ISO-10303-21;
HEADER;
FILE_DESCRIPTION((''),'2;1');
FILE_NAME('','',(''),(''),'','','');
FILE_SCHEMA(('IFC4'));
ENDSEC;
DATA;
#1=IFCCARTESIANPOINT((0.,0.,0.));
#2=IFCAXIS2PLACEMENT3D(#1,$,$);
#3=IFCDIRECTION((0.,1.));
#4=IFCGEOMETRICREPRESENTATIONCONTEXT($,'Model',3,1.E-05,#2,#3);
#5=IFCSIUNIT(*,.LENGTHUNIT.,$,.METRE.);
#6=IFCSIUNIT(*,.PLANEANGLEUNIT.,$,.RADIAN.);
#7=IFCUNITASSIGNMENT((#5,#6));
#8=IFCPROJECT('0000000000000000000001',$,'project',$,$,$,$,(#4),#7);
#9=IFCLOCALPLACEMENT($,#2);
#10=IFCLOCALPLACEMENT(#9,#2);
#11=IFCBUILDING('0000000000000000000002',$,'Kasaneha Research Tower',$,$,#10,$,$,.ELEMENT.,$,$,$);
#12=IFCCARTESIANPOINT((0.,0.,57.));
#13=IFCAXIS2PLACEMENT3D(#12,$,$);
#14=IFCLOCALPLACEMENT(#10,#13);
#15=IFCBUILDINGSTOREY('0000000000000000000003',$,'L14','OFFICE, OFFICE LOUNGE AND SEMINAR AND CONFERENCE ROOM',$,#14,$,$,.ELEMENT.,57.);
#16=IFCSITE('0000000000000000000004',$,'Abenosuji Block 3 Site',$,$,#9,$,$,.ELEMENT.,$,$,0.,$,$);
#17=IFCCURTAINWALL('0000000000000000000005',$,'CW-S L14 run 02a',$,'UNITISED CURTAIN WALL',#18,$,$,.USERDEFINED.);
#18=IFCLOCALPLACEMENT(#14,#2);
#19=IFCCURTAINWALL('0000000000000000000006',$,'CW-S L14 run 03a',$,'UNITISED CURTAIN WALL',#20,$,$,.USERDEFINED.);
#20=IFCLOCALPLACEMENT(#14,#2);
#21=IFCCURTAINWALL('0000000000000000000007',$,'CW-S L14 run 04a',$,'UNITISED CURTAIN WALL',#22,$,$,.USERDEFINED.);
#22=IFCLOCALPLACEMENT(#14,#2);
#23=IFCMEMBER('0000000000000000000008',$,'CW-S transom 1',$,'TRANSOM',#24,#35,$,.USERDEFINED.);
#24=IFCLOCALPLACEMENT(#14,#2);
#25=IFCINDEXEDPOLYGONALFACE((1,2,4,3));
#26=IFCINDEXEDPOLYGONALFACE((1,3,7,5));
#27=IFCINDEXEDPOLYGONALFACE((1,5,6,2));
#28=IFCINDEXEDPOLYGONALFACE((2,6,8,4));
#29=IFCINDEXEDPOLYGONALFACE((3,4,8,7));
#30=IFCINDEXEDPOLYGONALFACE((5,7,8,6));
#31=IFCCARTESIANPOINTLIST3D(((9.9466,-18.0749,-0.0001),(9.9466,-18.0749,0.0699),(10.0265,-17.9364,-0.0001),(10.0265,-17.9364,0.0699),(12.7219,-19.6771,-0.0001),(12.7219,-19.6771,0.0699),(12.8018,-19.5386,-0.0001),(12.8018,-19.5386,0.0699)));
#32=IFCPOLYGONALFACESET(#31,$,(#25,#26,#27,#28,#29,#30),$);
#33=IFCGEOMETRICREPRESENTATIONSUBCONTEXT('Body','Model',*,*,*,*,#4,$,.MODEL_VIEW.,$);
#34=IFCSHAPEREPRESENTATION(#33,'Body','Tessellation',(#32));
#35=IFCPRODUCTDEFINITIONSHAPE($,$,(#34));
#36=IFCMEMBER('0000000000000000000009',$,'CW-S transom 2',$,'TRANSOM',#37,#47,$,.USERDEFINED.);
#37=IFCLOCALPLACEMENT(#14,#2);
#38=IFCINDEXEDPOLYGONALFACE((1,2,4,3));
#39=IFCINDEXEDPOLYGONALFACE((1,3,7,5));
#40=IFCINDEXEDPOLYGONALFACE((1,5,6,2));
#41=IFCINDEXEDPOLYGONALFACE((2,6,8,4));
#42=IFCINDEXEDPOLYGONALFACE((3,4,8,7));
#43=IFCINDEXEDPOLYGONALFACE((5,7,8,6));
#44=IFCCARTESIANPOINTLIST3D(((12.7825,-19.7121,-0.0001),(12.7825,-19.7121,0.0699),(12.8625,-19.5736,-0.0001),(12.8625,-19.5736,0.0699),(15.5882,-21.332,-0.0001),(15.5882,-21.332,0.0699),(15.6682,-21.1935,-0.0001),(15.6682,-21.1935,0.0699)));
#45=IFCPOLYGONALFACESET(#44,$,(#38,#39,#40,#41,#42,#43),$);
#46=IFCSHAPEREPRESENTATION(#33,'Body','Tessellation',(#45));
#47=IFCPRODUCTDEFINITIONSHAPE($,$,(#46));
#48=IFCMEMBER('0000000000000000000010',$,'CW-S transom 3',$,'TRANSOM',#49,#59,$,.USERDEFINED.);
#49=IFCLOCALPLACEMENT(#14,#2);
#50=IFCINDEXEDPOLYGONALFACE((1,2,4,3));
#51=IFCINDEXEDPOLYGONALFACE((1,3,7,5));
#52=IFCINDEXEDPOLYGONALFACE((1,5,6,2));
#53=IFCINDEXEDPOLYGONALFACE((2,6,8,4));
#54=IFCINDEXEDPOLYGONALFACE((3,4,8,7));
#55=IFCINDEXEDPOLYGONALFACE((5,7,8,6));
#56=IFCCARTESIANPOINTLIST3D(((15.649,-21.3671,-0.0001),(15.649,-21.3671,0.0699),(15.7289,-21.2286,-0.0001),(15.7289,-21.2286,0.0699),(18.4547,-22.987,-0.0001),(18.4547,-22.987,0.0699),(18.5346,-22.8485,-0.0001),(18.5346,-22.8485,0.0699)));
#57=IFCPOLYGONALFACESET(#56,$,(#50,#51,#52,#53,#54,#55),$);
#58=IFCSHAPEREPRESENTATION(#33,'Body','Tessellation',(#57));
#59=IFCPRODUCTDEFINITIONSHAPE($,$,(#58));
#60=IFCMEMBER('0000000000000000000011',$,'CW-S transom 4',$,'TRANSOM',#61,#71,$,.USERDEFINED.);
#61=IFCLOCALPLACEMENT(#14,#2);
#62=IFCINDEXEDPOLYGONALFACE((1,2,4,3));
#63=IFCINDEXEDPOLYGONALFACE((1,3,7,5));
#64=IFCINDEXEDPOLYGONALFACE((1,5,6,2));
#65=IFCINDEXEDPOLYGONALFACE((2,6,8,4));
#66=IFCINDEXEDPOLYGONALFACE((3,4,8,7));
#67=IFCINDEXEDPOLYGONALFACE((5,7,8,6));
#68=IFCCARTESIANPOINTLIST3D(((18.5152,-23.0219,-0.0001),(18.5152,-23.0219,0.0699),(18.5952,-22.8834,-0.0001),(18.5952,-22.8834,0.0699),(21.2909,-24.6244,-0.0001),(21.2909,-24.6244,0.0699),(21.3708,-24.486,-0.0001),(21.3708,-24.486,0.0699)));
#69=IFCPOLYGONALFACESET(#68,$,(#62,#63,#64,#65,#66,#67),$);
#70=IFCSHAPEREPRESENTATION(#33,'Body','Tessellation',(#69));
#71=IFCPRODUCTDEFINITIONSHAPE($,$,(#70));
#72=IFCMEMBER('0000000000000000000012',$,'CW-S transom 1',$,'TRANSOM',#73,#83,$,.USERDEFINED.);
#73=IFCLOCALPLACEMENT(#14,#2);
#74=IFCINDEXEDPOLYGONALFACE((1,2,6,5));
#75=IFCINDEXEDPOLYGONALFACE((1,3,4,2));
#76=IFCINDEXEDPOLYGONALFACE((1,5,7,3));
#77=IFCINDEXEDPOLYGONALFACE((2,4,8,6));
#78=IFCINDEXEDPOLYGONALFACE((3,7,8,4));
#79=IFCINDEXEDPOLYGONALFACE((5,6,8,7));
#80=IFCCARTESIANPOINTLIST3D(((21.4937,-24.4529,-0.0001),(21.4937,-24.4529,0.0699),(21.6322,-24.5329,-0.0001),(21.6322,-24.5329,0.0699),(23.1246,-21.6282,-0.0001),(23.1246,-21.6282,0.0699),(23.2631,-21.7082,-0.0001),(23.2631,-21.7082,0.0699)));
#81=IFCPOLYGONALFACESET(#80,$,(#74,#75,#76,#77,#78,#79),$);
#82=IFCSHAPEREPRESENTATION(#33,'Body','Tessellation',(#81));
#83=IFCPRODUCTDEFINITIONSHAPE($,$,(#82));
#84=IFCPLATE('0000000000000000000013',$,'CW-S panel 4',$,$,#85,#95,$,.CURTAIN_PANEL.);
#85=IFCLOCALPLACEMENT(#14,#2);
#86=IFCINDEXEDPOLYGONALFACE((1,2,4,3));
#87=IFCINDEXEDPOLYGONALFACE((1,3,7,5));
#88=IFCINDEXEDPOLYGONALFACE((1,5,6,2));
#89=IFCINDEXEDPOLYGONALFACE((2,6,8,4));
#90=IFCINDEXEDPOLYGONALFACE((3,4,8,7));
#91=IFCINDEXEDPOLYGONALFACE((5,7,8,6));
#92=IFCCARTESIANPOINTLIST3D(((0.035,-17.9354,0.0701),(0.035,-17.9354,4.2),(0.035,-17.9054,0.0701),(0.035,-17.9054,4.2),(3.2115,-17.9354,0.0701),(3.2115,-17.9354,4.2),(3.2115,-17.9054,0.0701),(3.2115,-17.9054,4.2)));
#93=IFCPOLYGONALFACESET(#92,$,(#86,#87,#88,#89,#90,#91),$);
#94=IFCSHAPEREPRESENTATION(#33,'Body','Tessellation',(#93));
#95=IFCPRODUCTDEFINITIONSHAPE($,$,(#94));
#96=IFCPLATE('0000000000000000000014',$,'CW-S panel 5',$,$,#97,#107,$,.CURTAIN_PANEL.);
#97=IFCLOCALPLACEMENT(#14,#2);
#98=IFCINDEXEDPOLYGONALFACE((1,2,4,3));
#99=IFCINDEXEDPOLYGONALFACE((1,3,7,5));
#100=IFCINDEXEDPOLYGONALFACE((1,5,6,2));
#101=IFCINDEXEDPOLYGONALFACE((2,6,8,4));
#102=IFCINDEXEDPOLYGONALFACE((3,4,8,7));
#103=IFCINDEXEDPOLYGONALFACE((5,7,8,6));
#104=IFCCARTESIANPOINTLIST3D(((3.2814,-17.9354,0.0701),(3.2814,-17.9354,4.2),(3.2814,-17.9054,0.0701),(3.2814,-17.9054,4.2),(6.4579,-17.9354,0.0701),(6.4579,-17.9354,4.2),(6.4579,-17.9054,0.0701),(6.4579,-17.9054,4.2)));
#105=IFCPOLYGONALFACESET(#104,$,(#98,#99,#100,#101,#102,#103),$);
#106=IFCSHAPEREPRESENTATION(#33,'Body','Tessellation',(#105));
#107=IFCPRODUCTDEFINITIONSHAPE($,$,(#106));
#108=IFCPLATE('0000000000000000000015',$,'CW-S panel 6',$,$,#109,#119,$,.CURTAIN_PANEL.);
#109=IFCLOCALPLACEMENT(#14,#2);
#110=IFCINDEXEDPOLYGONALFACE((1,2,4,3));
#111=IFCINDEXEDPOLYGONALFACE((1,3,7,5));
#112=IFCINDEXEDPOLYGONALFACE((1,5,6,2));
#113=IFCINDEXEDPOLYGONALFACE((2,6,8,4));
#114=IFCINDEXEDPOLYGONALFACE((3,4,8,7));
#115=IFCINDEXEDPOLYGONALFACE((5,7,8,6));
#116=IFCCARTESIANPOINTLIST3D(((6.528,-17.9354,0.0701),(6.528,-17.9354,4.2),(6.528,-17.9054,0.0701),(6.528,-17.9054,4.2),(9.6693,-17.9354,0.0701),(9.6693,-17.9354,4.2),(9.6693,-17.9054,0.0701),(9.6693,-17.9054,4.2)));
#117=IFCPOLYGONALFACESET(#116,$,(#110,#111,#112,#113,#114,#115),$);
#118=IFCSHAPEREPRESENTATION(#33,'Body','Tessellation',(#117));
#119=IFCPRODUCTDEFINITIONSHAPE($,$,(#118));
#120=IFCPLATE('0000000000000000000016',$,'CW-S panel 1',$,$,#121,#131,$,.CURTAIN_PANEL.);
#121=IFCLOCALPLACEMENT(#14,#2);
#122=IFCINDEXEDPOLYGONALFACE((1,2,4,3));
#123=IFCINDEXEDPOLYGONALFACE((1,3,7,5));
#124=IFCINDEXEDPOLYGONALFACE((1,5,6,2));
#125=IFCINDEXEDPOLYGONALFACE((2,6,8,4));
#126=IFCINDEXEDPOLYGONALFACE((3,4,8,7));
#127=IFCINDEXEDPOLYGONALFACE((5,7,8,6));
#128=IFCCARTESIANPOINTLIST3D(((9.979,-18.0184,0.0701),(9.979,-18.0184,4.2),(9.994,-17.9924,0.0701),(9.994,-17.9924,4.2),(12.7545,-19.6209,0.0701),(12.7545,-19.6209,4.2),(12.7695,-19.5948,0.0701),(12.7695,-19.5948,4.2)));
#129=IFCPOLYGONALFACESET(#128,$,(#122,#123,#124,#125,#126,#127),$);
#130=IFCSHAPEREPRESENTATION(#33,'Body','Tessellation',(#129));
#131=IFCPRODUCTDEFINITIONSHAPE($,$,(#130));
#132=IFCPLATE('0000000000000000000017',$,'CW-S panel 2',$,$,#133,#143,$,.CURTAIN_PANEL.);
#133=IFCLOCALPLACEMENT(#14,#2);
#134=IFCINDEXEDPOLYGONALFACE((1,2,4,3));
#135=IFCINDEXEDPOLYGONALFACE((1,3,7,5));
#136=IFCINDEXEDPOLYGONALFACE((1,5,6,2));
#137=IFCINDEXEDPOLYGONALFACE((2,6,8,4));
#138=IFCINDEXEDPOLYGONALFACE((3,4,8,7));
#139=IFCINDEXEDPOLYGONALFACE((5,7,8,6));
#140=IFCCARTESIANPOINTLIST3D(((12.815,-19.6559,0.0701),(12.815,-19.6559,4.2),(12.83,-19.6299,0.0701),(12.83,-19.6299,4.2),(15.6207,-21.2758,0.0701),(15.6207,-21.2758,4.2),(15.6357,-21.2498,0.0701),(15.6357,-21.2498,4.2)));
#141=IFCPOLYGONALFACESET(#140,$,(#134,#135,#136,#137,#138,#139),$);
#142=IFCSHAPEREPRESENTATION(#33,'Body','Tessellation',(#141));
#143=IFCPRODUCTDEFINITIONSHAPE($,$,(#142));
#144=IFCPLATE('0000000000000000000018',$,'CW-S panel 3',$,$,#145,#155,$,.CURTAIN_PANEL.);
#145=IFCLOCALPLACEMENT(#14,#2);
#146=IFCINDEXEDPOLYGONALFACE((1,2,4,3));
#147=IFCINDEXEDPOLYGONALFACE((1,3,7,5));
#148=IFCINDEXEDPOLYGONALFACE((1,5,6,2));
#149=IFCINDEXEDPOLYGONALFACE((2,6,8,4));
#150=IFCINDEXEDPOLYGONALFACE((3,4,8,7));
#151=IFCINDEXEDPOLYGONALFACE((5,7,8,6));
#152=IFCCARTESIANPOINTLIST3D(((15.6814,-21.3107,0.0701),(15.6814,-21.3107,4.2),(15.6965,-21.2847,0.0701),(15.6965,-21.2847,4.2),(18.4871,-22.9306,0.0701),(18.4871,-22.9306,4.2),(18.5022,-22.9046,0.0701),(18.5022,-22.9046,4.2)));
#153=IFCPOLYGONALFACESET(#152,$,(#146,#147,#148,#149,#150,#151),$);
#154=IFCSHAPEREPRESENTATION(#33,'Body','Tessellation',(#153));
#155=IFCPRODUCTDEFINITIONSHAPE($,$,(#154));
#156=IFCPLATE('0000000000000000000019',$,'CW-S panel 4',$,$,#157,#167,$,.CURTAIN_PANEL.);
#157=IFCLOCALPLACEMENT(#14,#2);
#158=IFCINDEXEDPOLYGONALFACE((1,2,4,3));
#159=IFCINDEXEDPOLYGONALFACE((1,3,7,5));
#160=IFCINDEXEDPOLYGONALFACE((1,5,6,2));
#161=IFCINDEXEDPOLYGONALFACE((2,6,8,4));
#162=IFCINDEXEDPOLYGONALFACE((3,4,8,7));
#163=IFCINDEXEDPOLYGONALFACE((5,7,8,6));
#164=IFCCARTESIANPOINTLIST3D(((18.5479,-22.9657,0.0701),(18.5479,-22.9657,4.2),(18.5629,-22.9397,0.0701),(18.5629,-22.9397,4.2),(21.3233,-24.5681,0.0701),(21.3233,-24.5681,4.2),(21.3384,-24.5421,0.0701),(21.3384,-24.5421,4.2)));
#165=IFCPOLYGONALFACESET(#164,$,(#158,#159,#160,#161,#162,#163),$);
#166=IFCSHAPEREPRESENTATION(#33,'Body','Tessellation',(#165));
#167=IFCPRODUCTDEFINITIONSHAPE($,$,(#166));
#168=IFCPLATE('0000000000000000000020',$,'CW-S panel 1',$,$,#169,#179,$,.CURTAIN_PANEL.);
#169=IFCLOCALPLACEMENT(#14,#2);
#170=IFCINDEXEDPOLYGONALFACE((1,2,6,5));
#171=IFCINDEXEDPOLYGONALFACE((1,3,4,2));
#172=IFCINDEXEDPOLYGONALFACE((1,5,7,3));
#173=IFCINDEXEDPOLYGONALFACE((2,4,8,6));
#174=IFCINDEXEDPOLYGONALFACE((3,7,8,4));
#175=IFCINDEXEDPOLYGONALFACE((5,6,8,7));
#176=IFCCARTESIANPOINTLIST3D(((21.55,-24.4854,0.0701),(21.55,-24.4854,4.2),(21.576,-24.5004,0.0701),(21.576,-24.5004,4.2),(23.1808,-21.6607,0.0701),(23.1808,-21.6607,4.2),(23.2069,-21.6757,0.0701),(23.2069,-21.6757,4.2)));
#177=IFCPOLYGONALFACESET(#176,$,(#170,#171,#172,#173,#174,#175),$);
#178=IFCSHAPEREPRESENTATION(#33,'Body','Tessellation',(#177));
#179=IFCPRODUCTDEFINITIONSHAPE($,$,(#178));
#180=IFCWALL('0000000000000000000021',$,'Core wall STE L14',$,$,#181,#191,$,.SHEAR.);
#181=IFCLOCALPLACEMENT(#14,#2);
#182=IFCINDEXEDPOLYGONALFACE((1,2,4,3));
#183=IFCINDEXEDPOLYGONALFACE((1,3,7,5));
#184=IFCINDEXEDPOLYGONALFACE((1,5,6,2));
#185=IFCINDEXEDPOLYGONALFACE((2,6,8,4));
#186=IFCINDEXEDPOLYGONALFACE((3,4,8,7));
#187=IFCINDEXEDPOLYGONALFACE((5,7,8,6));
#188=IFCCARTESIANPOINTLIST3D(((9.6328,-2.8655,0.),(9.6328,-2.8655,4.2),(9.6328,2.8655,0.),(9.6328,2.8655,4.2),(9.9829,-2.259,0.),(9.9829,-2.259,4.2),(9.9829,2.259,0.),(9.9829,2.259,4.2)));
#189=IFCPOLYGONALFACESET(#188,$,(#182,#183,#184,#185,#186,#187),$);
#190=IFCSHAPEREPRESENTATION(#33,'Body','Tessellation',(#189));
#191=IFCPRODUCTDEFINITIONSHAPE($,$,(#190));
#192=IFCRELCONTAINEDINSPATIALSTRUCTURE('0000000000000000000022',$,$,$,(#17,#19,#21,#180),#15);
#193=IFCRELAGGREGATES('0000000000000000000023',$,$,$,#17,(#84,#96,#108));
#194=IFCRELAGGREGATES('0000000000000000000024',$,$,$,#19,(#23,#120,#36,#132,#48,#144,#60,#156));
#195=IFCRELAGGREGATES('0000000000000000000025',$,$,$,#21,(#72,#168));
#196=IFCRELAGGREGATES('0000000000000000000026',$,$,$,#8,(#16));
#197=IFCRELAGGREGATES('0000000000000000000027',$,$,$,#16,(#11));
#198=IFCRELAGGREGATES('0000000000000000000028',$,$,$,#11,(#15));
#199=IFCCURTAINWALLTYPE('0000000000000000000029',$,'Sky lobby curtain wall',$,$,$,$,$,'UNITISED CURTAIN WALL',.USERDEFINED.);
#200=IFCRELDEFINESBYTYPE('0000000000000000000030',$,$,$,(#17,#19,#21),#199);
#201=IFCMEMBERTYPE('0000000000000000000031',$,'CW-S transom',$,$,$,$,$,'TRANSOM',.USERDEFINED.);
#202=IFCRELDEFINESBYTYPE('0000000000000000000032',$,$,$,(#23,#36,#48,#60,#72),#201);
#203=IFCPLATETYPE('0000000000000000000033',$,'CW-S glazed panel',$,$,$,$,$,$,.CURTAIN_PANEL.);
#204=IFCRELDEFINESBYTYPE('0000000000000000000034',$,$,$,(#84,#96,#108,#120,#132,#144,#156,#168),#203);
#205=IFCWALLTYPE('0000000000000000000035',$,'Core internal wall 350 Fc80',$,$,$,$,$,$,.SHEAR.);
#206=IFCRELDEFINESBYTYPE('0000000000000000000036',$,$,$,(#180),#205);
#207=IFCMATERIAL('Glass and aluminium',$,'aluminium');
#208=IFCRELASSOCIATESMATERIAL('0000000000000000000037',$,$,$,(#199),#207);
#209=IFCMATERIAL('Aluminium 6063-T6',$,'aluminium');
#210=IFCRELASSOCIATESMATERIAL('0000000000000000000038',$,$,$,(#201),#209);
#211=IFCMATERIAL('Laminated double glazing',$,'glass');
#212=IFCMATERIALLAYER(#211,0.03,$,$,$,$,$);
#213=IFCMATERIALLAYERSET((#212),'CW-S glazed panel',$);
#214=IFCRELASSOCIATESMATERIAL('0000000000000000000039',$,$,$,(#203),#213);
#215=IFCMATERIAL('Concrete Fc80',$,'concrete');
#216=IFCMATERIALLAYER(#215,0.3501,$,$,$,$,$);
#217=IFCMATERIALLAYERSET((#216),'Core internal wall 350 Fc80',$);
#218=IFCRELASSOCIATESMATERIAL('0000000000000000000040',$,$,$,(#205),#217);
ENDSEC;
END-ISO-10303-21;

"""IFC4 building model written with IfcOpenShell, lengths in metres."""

from ifc_helpers import new_model, si_unit, direction, frame, origin, origin_2d, place, context, subcontext, project, spatial, polyline, rectangle, outline, extrude, material, layer, layer_set, material_profile, profile_set, type_object, element, aggregate, save


model = new_model("IFC4")

# Units and contexts
model_context = context("Model", 3, precision=1e-05, world=origin(), true_north=direction((0.0, 1.0)))
body_context = subcontext(model_context, "Body", "Model", "MODEL_VIEW")
ifc_project = project(units=[si_unit("LENGTHUNIT", "METRE"), si_unit("PLANEANGLEUNIT", "RADIAN")], contexts=[model_context])

# Site, building, storey
site_placement = place(None, origin())
site = spatial("IfcSite", under=ifc_project, at=site_placement, Name="Abenosuji Block 3 Site", CompositionType="ELEMENT", RefElevation=0.0)
building_placement = place(site_placement, origin())
building = spatial("IfcBuilding", under=site, at=building_placement, Name="Kasaneha Research Tower", CompositionType="ELEMENT")
storey_placement = place(building_placement, frame((0.0, 0.0, 57.0)))
storey = spatial("IfcBuildingStorey", under=building, at=storey_placement, Name="L14", Description="OFFICE, OFFICE LOUNGE AND SEMINAR AND CONFERENCE ROOM", CompositionType="ELEMENT", Elevation=57.0)

# Curtain wall
ifc_material_1 = material(Name="Glass and aluminium", Category="aluminium")
curtain_wall_type = type_object("IfcCurtainWallType", Name="Sky lobby curtain wall", ElementType="UNITISED CURTAIN WALL", PredefinedType="USERDEFINED", material=ifc_material_1)
curtain_wall_1_placement = place(storey_placement, origin())
curtain_wall_1 = element("IfcCurtainWall", 1, at=curtain_wall_1_placement, inside=storey, type_object=curtain_wall_type, Name="CW-S L14 run 02a", ObjectType="UNITISED CURTAIN WALL", PredefinedType="USERDEFINED")

# Curtain wall
curtain_wall_2_placement = place(storey_placement, origin())
curtain_wall_2 = element("IfcCurtainWall", 2, at=curtain_wall_2_placement, inside=storey, type_object=curtain_wall_type, Name="CW-S L14 run 03a", ObjectType="UNITISED CURTAIN WALL", PredefinedType="USERDEFINED")

# Curtain wall
curtain_wall_3_placement = place(storey_placement, origin())
curtain_wall_3 = element("IfcCurtainWall", 3, at=curtain_wall_3_placement, inside=storey, type_object=curtain_wall_type, Name="CW-S L14 run 04a", ObjectType="UNITISED CURTAIN WALL", PredefinedType="USERDEFINED")

# Members
ifc_material_2 = material(Name="Aluminium 6063-T6", Category="aluminium")
ifc_material_profile_1 = material_profile(ifc_material_2, rectangle(XDim=0.1599, YDim=0.0701, at=origin_2d()), Name="CW-S transom 160x70")
ifc_profile_set_1 = profile_set([ifc_material_profile_1], Name="Aluminium 6063-T6")
member_type_1 = type_object("IfcMemberType", Name="CW-S transom", ElementType="TRANSOM", PredefinedType="USERDEFINED", material=ifc_profile_set_1)
member_1_placement = place(storey_placement, frame((9.9866, -18.0056, 0.0349), z_axis=(0.866036, -0.499982, 0.0), x_axis=(0.499982, 0.866036, 0.0)))
member_1 = element("IfcMember", 4, at=member_1_placement, type_object=member_type_1, Name="CW-S transom 1", ObjectType="TRANSOM", PredefinedType="USERDEFINED", context=body_context, shape_type="SweptSolid", body=[
    extrude(rectangle(XDim=0.1599, YDim=0.0701, at=origin_2d()), origin(), (0.0, 0.0, 1.0), 3.2046),
])
member_2_placement = place(storey_placement, frame((12.8225, -19.6428, 0.0349), z_axis=(0.866022, -0.500005, 0.0), x_axis=(0.500005, 0.866022, 0.0)))
member_2 = element("IfcMember", 5, at=member_2_placement, type_object=member_type_1, Name="CW-S transom 2", ObjectType="TRANSOM", PredefinedType="USERDEFINED", context=body_context, shape_type="SweptSolid", body=[
    extrude(rectangle(XDim=0.1599, YDim=0.0701, at=origin_2d()), origin(), (0.0, 0.0, 1.0), 3.2397),
])
member_3_placement = place(storey_placement, frame((15.689, -21.2979, 0.0349), z_axis=(0.866022, -0.500005, 0.0), x_axis=(0.500005, 0.866022, 0.0)))
member_3 = element("IfcMember", 6, at=member_3_placement, type_object=member_type_1, Name="CW-S transom 3", ObjectType="TRANSOM", PredefinedType="USERDEFINED", context=body_context, shape_type="SweptSolid", body=[
    extrude(rectangle(XDim=0.1599, YDim=0.0701, at=origin_2d()), origin(), (0.0, 0.0, 1.0), 3.2397),
])
member_4_placement = place(storey_placement, frame((18.5552, -22.9526, 0.0349), z_axis=(0.866022, -0.500006, 0.0), x_axis=(0.500006, 0.866022, 0.0)))
member_4 = element("IfcMember", 7, at=member_4_placement, type_object=member_type_1, Name="CW-S transom 4", ObjectType="TRANSOM", PredefinedType="USERDEFINED", context=body_context, shape_type="SweptSolid", body=[
    extrude(rectangle(XDim=0.1599, YDim=0.0701, at=origin_2d()), origin(), (0.0, 0.0, 1.0), 3.2051),
])
member_5_placement = place(storey_placement, frame((21.563, -24.4929, 0.0349), z_axis=(0.500003, 0.866024, 0.0), x_axis=(-0.866024, 0.500003, 0.0)))
member_5 = element("IfcMember", 8, at=member_5_placement, type_object=member_type_1, Name="CW-S transom 1", ObjectType="TRANSOM", PredefinedType="USERDEFINED", context=body_context, shape_type="SweptSolid", body=[
    extrude(rectangle(XDim=0.1599, YDim=0.0701, at=origin_2d()), origin(), (0.0, 0.0, 1.0), 3.2617),
])

# Plates
ifc_material_3 = material(Name="Laminated double glazing", Category="glass")
ifc_layer_1 = layer(ifc_material_3, 0.03)
ifc_layer_set_1 = layer_set([ifc_layer_1], Name="CW-S glazed panel")
plate_type = type_object("IfcPlateType", Name="CW-S glazed panel", PredefinedType="CURTAIN_PANEL", material=ifc_layer_set_1)
plate_1_placement = place(storey_placement, frame((1.6233, -17.9204, 0.0701), z_axis=(0.0, 0.0, 1.0), x_axis=(1.0, 0.0, 0.0)))
plate_1 = element("IfcPlate", 9, at=plate_1_placement, type_object=plate_type, Name="CW-S panel 4", PredefinedType="CURTAIN_PANEL", context=body_context, shape_type="SweptSolid", body=[
    extrude(rectangle(XDim=3.1765, YDim=0.03, at=origin_2d()), origin(), (0.0, 0.0, 1.0), 4.1299),
])
plate_2_placement = place(storey_placement, frame((4.8696, -17.9204, 0.0701), z_axis=(0.0, 0.0, 1.0), x_axis=(1.0, 0.0, 0.0)))
plate_2 = element("IfcPlate", 10, at=plate_2_placement, type_object=plate_type, Name="CW-S panel 5", PredefinedType="CURTAIN_PANEL", context=body_context, shape_type="SweptSolid", body=[
    extrude(rectangle(XDim=3.1765, YDim=0.03, at=origin_2d()), origin(), (0.0, 0.0, 1.0), 4.1299),
])
plate_3_placement = place(storey_placement, frame((8.0986, -17.9204, 0.0701), z_axis=(0.0, 0.0, 1.0), x_axis=(1.0, 0.0, 0.0)))
plate_3 = element("IfcPlate", 11, at=plate_3_placement, type_object=plate_type, Name="CW-S panel 6", PredefinedType="CURTAIN_PANEL", context=body_context, shape_type="SweptSolid", body=[
    extrude(rectangle(XDim=3.1414, YDim=0.03, at=origin_2d()), origin(), (0.0, 0.0, 1.0), 4.1299),
])
aggregate(curtain_wall_1, [plate_1, plate_2, plate_3])
plate_4_placement = place(storey_placement, frame((11.3743, -18.8066, 0.0701), z_axis=(0.0, 0.0, 1.0), x_axis=(0.866025, -0.5, 0.0)))
plate_4 = element("IfcPlate", 12, at=plate_4_placement, type_object=plate_type, Name="CW-S panel 1", PredefinedType="CURTAIN_PANEL", context=body_context, shape_type="SweptSolid", body=[
    extrude(rectangle(XDim=3.2048, YDim=0.03, at=origin_2d()), origin(), (0.0, 0.0, 1.0), 4.1299),
])
plate_5_placement = place(storey_placement, frame((14.2253, -20.4529, 0.0701), z_axis=(0.0, 0.0, 1.0), x_axis=(0.866025, -0.5, 0.0)))
plate_5 = element("IfcPlate", 13, at=plate_5_placement, type_object=plate_type, Name="CW-S panel 2", PredefinedType="CURTAIN_PANEL", context=body_context, shape_type="SweptSolid", body=[
    extrude(rectangle(XDim=3.2397, YDim=0.03, at=origin_2d()), origin(), (0.0, 0.0, 1.0), 4.1299),
])
plate_6_placement = place(storey_placement, frame((17.0918, -22.1077, 0.0701), z_axis=(0.0, 0.0, 1.0), x_axis=(0.866025, -0.5, 0.0)))
plate_6 = element("IfcPlate", 14, at=plate_6_placement, type_object=plate_type, Name="CW-S panel 3", PredefinedType="CURTAIN_PANEL", context=body_context, shape_type="SweptSolid", body=[
    extrude(rectangle(XDim=3.2397, YDim=0.03, at=origin_2d()), origin(), (0.0, 0.0, 1.0), 4.1299),
])
plate_7_placement = place(storey_placement, frame((19.9431, -23.7539, 0.0701), z_axis=(0.0, 0.0, 1.0), x_axis=(0.866025, -0.5, 0.0)))
plate_7 = element("IfcPlate", 15, at=plate_7_placement, type_object=plate_type, Name="CW-S panel 4", PredefinedType="CURTAIN_PANEL", context=body_context, shape_type="SweptSolid", body=[
    extrude(rectangle(XDim=3.2048, YDim=0.03, at=origin_2d()), origin(), (0.0, 0.0, 1.0), 4.1299),
])
aggregate(curtain_wall_2, [member_1, plate_4, member_2, plate_5, member_3, plate_6, member_4, plate_7])
plate_8_placement = place(storey_placement, frame((22.3784, -23.0806, 0.0701), z_axis=(0.0, 0.0, 1.0), x_axis=(0.5, 0.866025, 0.0)))
plate_8 = element("IfcPlate", 16, at=plate_8_placement, type_object=plate_type, Name="CW-S panel 1", PredefinedType="CURTAIN_PANEL", context=body_context, shape_type="SweptSolid", body=[
    extrude(rectangle(XDim=3.2617, YDim=0.03, at=origin_2d()), origin(), (0.0, 0.0, 1.0), 4.1299),
])
aggregate(curtain_wall_3, [member_5, plate_8])

# Wall
ifc_material_4 = material(Name="Concrete Fc80", Category="concrete")
ifc_layer_2 = layer(ifc_material_4, 0.3501)
ifc_layer_set_2 = layer_set([ifc_layer_2], Name="Core internal wall 350 Fc80")
wall_type_1 = type_object("IfcWallType", Name="Core internal wall 350 Fc80", PredefinedType="SHEAR", material=ifc_layer_set_2)
wall_1_placement = place(storey_placement, frame((9.8079, -2.5623, 0.0), z_axis=(0.0, 0.0, 1.0), x_axis=(0.0, 1.0, 0.0)))
element("IfcWall", 17, at=wall_1_placement, inside=storey, type_object=wall_type_1, Name="Core wall STE L14", PredefinedType="SHEAR", context=body_context, shape_type="SweptSolid", body=[
    extrude(outline(polyline([(0.3032, -0.175), (4.8213, -0.175), (5.4277, 0.175), (-0.3032, 0.175), (0.3032, -0.175)])), origin(), (0.0, 0.0, 1.0), 4.2),
])

save(model, "model.ifc")
